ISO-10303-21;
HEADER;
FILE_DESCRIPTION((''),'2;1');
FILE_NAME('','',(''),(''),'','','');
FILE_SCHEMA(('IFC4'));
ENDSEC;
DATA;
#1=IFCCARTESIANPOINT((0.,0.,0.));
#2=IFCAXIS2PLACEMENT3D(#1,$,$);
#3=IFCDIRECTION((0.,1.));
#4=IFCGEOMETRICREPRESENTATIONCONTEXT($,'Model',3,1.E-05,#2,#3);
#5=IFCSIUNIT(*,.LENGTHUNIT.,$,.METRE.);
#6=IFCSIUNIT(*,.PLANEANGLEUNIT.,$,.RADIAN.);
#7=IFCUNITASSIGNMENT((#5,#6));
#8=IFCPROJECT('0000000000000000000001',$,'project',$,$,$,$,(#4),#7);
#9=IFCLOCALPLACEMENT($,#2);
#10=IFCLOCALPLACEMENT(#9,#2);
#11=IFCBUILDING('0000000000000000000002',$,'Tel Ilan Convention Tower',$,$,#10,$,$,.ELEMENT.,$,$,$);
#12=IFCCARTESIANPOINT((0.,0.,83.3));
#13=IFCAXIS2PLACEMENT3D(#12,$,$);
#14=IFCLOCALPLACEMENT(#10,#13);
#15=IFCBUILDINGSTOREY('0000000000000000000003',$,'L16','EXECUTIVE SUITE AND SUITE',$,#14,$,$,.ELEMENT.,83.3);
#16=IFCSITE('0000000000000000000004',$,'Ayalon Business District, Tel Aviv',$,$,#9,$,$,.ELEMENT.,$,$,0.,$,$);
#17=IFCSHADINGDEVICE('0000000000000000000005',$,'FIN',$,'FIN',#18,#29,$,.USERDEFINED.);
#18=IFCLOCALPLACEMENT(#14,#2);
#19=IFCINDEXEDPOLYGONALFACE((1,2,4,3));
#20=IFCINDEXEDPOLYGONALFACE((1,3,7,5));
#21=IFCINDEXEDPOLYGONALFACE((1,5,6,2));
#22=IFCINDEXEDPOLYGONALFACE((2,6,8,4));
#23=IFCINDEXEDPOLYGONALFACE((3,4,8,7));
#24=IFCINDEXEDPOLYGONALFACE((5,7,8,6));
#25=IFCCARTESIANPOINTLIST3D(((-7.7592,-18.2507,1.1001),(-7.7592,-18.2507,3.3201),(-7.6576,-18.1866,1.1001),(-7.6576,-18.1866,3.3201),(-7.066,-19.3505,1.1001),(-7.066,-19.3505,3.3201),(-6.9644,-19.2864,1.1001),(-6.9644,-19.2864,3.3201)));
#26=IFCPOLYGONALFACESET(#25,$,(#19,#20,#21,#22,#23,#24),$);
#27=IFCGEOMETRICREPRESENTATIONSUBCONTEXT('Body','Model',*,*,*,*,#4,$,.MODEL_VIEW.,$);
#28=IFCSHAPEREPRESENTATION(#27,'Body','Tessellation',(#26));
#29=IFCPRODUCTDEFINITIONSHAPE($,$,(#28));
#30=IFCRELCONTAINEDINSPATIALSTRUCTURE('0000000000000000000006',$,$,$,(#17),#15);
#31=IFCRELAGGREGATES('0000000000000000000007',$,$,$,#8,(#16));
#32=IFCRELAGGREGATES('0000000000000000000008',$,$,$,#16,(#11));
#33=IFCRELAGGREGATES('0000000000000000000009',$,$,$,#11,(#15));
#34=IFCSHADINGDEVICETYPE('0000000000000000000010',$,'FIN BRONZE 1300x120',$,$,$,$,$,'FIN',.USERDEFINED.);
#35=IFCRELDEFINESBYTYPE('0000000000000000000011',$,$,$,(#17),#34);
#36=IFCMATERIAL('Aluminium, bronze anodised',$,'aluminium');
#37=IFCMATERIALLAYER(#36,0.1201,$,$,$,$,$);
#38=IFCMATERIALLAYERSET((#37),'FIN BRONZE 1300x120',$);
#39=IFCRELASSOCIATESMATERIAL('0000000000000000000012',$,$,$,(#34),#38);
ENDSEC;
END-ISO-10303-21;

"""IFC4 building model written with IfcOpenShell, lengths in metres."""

from ifc_helpers import new_model, si_unit, direction, frame, origin, origin_2d, place, context, subcontext, project, spatial, rectangle, extrude, material, layer, layer_set, type_object, element, save


model = new_model("IFC4")

# Units and contexts
model_context = context("Model", 3, precision=1e-05, world=origin(), true_north=direction((0.0, 1.0)))
body_context = subcontext(model_context, "Body", "Model", "MODEL_VIEW")
ifc_project = project(units=[si_unit("LENGTHUNIT", "METRE"), si_unit("PLANEANGLEUNIT", "RADIAN")], contexts=[model_context])

# Site, building, storey
site_placement = place(None, origin())
site = spatial("IfcSite", under=ifc_project, at=site_placement, Name="Ayalon Business District, Tel Aviv", CompositionType="ELEMENT", RefElevation=0.0)
building_placement = place(site_placement, origin())
building = spatial("IfcBuilding", under=site, at=building_placement, Name="Tel Ilan Convention Tower", CompositionType="ELEMENT")
storey_placement = place(building_placement, frame((0.0, 0.0, 83.3)))
storey = spatial("IfcBuildingStorey", under=building, at=storey_placement, Name="L16", Description="EXECUTIVE SUITE AND SUITE", CompositionType="ELEMENT", Elevation=83.3)

# Shading device
ifc_material_1 = material(Name="Aluminium, bronze anodised", Category="aluminium")
ifc_layer_1 = layer(ifc_material_1, 0.1201)
ifc_layer_set_1 = layer_set([ifc_layer_1], Name="FIN BRONZE 1300x120")
shading_device_type = type_object("IfcShadingDeviceType", Name="FIN BRONZE 1300x120", ElementType="FIN", PredefinedType="USERDEFINED", material=ifc_layer_set_1)
for number, where, z_axis, x_axis, name in (
    (1, (-7.3618, -18.7686, 1.1001), (0.0, 0.0, 1.0), (0.533204, -0.845986, 0.0), "FIN"),
):
    element("IfcShadingDevice", number, at=place(storey_placement, frame(where, z_axis=z_axis, x_axis=x_axis)), inside=storey, type_object=shading_device_type, Name=name, ObjectType="FIN", PredefinedType="USERDEFINED", context=body_context, shape_type="SweptSolid", body=[
        extrude(rectangle(XDim=1.3, YDim=0.1201, at=origin_2d()), origin(), (0.0, 0.0, 1.0), 2.22),
    ])

save(model, "model.ifc")
